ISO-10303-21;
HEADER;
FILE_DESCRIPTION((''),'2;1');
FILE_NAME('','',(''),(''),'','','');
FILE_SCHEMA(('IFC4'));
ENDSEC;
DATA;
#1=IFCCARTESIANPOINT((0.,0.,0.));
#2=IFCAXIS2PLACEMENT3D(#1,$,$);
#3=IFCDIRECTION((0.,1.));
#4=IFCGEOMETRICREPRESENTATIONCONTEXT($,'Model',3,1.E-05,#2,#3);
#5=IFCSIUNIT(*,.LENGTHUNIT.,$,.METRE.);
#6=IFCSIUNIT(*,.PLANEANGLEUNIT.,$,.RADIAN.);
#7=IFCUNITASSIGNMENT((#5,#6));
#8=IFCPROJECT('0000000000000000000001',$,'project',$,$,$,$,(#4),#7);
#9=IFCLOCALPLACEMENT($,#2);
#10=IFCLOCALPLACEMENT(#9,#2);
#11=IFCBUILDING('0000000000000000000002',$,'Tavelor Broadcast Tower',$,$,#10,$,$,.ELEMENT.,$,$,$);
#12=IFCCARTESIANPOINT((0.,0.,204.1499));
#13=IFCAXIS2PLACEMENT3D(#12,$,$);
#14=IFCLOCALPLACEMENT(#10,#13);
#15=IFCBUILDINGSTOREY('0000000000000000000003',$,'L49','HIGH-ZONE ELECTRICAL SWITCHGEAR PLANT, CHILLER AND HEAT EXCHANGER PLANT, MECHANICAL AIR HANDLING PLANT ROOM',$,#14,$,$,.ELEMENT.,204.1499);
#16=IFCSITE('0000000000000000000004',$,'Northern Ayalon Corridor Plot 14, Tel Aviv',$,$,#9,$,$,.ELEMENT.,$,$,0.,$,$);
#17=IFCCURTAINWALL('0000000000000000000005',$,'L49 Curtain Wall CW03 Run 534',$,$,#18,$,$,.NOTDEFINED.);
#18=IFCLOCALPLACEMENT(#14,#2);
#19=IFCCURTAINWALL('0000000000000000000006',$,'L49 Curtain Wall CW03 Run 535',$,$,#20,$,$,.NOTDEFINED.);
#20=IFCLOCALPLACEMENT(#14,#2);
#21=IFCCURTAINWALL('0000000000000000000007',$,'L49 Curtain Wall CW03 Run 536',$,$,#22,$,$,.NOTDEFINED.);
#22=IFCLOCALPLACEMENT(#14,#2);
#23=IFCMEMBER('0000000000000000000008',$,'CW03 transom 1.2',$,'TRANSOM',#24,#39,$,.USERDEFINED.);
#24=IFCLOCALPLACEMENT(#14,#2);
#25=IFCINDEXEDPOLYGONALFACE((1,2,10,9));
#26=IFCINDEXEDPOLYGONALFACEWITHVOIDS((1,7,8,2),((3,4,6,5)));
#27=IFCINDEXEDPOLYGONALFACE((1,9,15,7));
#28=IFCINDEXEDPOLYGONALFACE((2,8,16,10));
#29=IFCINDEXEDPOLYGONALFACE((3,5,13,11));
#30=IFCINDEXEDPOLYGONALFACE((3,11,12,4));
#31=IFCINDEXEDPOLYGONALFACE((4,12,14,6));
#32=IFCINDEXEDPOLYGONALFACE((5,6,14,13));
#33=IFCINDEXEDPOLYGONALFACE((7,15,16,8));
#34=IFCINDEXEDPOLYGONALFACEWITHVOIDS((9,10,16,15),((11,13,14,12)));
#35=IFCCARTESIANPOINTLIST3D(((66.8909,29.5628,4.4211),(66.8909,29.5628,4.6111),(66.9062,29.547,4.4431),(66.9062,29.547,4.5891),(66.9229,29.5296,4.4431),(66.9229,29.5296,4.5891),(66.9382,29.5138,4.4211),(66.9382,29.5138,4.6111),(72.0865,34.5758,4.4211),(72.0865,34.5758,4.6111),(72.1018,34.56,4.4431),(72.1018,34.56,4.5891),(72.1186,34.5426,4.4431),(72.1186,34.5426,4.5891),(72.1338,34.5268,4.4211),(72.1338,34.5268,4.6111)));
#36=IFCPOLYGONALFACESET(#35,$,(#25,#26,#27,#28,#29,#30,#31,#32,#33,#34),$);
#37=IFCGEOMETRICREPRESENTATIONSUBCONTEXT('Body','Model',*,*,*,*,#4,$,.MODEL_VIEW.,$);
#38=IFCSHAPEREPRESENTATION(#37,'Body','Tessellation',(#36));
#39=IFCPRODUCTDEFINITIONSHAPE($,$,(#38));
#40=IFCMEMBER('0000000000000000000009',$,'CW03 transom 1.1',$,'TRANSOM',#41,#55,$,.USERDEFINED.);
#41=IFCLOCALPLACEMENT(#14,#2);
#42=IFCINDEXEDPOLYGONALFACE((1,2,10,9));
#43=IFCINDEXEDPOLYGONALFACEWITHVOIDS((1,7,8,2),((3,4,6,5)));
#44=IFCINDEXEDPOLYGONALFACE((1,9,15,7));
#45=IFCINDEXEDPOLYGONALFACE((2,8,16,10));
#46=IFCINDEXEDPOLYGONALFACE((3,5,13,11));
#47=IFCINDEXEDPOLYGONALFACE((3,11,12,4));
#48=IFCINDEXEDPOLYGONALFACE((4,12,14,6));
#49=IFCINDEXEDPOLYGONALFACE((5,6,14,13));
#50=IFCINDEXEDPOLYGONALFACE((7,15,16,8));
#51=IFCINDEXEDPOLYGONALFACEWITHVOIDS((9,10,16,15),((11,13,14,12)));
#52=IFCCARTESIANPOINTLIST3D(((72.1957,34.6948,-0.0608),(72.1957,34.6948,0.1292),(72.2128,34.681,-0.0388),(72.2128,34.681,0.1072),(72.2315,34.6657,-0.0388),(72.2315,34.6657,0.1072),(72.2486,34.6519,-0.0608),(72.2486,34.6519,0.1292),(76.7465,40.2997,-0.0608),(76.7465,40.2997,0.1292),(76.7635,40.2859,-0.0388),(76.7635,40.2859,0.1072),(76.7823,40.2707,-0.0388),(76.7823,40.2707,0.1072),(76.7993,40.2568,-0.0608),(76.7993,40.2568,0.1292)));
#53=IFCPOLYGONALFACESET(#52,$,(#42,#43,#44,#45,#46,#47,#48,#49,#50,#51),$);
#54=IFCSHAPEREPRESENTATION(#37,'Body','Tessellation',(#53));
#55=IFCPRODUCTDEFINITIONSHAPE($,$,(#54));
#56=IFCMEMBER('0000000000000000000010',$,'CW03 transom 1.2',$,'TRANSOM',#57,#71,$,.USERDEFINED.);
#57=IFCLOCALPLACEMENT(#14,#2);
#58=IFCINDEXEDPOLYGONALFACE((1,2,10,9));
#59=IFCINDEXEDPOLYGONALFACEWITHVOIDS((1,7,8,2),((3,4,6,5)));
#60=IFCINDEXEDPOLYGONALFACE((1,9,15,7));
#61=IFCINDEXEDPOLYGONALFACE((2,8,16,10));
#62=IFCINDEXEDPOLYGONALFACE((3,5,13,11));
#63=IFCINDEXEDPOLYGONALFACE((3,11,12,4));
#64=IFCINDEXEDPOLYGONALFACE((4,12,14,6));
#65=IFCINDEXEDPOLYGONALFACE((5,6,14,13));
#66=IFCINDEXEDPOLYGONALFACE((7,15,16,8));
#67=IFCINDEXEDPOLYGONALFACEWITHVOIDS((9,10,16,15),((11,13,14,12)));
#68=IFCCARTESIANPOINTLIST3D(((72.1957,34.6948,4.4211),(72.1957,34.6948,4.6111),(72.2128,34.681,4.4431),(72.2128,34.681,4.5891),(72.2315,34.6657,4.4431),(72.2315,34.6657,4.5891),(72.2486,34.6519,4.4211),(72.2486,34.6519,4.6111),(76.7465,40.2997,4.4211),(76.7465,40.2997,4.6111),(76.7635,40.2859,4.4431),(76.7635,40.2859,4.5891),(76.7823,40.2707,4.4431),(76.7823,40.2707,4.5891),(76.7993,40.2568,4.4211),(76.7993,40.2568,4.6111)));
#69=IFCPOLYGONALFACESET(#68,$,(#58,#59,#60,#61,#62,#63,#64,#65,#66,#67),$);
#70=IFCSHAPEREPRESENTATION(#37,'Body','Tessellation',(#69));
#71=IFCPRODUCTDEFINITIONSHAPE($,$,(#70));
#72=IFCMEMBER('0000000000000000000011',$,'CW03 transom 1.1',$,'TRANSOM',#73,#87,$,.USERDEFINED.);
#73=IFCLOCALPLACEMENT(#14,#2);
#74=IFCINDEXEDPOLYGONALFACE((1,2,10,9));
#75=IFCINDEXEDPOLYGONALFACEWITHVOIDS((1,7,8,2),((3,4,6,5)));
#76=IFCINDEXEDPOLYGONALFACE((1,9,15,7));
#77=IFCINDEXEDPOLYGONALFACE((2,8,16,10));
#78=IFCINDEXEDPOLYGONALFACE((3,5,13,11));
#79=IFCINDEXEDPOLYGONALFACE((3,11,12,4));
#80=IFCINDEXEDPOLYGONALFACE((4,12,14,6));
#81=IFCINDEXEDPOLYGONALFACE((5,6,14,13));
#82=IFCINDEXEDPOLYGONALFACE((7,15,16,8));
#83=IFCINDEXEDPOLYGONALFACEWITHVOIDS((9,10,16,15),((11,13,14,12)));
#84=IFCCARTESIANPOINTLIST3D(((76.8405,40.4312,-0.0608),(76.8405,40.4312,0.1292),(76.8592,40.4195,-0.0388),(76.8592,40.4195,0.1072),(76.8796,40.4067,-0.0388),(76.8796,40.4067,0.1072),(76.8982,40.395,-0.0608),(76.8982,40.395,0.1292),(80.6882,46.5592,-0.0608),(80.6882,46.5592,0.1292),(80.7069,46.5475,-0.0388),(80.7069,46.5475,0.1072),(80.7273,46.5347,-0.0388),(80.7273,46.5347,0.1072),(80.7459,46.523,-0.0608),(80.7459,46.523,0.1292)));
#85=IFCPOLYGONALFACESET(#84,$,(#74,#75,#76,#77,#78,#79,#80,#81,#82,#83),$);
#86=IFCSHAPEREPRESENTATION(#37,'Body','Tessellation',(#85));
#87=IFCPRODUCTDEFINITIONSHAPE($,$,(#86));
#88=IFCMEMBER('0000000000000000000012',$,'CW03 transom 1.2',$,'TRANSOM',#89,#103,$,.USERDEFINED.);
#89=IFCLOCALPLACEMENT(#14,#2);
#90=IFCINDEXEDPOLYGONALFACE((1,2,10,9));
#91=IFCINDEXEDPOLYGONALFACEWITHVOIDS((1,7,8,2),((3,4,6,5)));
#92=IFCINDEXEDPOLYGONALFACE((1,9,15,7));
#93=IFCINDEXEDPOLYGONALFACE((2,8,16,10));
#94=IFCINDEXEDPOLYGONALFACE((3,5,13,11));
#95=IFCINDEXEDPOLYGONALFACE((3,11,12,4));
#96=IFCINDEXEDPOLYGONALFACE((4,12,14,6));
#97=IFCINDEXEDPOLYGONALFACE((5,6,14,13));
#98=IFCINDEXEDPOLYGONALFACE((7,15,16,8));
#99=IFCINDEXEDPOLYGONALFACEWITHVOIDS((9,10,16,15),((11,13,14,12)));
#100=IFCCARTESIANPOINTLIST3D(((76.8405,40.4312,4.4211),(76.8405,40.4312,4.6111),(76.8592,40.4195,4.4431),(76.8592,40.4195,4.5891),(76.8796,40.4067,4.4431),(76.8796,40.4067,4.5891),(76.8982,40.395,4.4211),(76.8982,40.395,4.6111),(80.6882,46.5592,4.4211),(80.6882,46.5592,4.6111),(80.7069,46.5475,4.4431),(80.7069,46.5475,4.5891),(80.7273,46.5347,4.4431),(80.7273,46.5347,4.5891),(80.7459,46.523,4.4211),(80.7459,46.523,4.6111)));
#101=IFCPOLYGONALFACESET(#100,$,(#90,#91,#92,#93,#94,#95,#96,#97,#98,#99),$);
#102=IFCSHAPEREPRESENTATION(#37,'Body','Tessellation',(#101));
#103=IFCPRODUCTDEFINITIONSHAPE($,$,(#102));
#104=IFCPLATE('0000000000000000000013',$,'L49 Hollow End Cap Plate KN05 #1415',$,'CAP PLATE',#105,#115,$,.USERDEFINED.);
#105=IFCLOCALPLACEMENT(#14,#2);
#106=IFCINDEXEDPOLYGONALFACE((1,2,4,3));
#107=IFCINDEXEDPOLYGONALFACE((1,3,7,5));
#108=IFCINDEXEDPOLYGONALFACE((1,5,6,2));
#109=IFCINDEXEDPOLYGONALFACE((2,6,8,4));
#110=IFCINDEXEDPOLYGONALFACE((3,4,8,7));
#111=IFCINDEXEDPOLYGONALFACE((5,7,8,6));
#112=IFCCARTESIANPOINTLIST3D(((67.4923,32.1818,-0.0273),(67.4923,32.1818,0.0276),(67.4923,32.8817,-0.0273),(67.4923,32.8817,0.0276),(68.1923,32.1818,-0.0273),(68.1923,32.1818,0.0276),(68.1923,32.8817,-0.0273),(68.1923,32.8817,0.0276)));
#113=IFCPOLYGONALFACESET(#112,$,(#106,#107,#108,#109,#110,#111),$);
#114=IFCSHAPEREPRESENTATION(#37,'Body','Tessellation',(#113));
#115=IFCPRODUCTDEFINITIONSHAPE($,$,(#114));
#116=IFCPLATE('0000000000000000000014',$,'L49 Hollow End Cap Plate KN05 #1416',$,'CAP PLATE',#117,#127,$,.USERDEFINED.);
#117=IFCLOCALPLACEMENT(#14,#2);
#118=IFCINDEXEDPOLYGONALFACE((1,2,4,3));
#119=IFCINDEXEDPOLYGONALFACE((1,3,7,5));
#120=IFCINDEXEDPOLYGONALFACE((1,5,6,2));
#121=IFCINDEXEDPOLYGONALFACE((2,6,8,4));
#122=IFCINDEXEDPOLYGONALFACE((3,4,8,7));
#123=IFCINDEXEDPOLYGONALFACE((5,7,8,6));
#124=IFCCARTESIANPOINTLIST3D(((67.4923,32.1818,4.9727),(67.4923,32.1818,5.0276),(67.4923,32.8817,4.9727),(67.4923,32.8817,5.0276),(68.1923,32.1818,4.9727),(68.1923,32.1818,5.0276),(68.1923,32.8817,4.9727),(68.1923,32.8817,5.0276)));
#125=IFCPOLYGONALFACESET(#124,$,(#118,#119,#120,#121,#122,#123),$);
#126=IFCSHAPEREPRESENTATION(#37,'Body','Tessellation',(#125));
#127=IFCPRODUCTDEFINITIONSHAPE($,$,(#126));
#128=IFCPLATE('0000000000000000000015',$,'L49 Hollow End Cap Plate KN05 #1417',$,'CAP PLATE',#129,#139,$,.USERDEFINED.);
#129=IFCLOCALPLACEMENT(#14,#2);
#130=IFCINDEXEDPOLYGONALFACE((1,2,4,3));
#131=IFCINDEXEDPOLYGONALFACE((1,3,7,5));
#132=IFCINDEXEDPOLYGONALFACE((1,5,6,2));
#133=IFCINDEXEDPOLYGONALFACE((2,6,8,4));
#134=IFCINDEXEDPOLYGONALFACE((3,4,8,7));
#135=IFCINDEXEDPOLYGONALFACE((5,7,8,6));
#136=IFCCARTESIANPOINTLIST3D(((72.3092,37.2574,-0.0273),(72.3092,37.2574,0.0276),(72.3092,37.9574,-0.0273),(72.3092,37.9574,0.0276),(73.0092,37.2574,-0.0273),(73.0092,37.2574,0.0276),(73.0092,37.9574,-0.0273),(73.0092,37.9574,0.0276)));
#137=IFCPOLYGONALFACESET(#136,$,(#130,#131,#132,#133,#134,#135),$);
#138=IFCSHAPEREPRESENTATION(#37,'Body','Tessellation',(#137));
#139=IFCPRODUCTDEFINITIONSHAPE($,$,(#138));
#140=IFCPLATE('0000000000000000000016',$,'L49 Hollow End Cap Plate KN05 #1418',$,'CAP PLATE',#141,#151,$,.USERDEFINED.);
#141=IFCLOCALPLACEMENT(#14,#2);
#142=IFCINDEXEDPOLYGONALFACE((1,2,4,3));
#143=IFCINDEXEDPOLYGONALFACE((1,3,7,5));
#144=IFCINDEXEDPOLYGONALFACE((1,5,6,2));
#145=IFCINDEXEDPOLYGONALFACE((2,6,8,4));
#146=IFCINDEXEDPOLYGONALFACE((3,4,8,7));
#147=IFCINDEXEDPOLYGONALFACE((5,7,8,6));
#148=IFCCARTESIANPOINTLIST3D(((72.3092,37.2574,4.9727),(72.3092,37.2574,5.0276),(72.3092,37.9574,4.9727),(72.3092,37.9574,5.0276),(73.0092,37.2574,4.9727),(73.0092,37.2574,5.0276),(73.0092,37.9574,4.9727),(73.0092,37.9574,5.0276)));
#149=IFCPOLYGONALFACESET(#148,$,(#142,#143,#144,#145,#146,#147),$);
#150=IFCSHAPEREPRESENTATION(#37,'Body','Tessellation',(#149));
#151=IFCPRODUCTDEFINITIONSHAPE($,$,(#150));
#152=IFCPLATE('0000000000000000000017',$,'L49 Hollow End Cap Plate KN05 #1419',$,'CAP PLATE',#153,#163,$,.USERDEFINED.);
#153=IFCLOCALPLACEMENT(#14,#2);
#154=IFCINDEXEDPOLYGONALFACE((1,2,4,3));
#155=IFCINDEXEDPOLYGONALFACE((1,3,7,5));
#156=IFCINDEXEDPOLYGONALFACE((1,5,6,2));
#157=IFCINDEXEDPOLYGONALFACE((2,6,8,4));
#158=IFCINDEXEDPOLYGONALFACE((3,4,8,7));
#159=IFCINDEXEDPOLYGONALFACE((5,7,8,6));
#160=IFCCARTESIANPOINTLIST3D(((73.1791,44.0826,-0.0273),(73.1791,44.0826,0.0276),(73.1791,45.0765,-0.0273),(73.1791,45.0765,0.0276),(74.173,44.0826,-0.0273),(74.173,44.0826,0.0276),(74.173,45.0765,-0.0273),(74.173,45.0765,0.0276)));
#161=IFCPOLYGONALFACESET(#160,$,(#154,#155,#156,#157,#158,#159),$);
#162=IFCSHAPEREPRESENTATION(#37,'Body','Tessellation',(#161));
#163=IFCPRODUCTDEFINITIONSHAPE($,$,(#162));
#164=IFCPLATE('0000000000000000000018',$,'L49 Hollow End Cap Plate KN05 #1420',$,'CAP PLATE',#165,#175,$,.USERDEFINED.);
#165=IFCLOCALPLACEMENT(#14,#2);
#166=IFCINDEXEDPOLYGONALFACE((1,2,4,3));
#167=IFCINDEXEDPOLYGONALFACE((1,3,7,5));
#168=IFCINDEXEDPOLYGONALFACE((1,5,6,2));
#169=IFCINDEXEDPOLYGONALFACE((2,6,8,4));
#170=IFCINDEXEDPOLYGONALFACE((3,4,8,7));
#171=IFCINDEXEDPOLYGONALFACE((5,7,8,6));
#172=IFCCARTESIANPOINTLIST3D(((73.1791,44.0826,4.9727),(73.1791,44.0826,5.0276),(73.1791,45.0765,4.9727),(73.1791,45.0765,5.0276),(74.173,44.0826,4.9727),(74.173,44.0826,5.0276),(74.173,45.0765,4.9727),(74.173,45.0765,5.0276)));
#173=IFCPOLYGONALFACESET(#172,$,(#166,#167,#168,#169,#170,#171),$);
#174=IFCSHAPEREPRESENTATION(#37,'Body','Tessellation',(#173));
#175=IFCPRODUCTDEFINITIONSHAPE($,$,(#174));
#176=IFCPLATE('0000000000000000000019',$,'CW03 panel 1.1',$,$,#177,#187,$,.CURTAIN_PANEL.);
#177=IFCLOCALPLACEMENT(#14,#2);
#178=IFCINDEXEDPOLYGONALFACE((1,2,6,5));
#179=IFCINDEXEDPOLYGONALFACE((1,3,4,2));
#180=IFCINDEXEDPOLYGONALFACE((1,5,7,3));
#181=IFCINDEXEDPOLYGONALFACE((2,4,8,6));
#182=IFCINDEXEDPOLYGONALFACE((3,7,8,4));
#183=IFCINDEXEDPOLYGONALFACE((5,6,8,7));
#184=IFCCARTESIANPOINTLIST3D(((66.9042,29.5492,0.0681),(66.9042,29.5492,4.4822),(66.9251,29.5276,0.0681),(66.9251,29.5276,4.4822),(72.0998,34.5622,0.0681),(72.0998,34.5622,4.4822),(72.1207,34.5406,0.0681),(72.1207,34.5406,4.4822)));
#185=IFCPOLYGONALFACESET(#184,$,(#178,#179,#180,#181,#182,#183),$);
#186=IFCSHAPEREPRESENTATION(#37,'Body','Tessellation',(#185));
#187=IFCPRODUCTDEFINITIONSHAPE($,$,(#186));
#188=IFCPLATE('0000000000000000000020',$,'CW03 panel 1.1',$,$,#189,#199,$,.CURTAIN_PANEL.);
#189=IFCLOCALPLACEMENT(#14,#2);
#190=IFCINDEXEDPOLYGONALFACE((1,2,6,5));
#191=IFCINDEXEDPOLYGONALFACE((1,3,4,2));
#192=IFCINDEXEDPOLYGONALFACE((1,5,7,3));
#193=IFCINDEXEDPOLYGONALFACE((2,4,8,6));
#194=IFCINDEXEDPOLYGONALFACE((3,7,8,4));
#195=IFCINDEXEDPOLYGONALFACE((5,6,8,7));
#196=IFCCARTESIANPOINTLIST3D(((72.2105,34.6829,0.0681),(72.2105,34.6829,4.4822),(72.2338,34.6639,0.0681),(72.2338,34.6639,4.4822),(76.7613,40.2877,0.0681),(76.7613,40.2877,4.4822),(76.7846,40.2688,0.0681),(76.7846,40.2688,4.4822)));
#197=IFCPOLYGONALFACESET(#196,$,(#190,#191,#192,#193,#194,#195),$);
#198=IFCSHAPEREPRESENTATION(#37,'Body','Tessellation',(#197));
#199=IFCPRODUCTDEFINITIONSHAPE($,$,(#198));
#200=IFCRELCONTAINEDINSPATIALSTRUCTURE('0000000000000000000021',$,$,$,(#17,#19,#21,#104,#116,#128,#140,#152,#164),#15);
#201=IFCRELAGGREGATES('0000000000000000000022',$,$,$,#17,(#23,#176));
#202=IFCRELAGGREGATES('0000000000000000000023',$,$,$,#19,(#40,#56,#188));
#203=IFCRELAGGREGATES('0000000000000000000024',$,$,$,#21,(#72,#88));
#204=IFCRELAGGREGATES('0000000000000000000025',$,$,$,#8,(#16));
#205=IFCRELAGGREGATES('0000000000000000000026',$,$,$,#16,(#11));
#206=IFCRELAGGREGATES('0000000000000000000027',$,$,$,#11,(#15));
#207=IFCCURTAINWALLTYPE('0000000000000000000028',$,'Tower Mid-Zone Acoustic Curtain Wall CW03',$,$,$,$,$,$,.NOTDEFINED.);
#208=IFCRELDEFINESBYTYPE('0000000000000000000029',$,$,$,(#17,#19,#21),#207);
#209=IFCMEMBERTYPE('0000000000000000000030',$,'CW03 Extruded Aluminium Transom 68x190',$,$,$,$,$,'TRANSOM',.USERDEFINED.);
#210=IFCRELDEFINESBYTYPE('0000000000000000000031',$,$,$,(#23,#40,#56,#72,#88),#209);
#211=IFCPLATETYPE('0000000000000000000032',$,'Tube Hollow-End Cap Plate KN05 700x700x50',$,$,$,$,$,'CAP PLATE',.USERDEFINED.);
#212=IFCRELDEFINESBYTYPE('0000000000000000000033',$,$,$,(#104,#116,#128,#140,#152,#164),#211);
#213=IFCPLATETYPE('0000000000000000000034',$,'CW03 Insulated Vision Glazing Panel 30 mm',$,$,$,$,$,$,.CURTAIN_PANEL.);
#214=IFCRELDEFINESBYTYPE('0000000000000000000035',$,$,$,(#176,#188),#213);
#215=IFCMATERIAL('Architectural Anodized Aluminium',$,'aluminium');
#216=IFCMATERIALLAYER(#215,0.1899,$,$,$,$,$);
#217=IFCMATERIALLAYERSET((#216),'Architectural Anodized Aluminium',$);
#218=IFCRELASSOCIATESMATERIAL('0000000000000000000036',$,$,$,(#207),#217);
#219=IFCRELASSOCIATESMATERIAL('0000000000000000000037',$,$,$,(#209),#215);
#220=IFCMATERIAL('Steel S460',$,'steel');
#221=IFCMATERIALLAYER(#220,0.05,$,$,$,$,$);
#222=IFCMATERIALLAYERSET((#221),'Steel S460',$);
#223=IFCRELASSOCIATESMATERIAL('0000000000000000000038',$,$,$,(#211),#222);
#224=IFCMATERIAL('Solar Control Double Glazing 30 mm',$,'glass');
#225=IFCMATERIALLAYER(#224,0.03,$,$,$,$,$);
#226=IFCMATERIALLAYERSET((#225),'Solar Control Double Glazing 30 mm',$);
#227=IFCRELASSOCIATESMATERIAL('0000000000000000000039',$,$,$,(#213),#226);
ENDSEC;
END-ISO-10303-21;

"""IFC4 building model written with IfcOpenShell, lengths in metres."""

from ifc_helpers import new_model, si_unit, direction, frame, origin, origin_2d, place, context, subcontext, project, spatial, rectangle, hollow_rectangle, extrude, source, transform, mapped, material, layer, layer_set, material_profile, profile_set, type_object, type_shapes, element, aggregate, save


model = new_model("IFC4")

# Units and contexts
model_context = context("Model", 3, precision=1e-05, world=origin(), true_north=direction((0.0, 1.0)))
body_context = subcontext(model_context, "Body", "Model", "MODEL_VIEW")
ifc_project = project(units=[si_unit("LENGTHUNIT", "METRE"), si_unit("PLANEANGLEUNIT", "RADIAN")], contexts=[model_context])

# Site, building, storey
site_placement = place(None, origin())
site = spatial("IfcSite", under=ifc_project, at=site_placement, Name="Northern Ayalon Corridor Plot 14, Tel Aviv", CompositionType="ELEMENT", RefElevation=0.0)
building_placement = place(site_placement, origin())
building = spatial("IfcBuilding", under=site, at=building_placement, Name="Tavelor Broadcast Tower", CompositionType="ELEMENT")
storey_placement = place(building_placement, frame((0.0, 0.0, 204.1499)))
storey = spatial("IfcBuildingStorey", under=building, at=storey_placement, Name="L49", Description="HIGH-ZONE ELECTRICAL SWITCHGEAR PLANT, CHILLER AND HEAT EXCHANGER PLANT, MECHANICAL AIR HANDLING PLANT ROOM", CompositionType="ELEMENT", Elevation=204.1499)

# Shared definitions
ifc_material_1 = material(Name="Steel S460", Category="steel")

# Shared definitions
ifc_material_2 = material(Name="Architectural Anodized Aluminium", Category="aluminium")
ifc_layer_1 = layer(ifc_material_2, 0.1899)
ifc_layer_set_1 = layer_set([ifc_layer_1], Name="Architectural Anodized Aluminium")
curtain_wall_type = type_object("IfcCurtainWallType", Name="Tower Mid-Zone Acoustic Curtain Wall CW03", PredefinedType="NOTDEFINED", material=ifc_layer_set_1)

# Curtain walls
curtain_wall_1_placement = place(storey_placement, origin())
curtain_wall_1 = element("IfcCurtainWall", 1, at=curtain_wall_1_placement, inside=storey, type_object=curtain_wall_type, Name="L49 Curtain Wall CW03 Run 534", PredefinedType="NOTDEFINED")
curtain_wall_2_placement = place(storey_placement, origin())
curtain_wall_2 = element("IfcCurtainWall", 2, at=curtain_wall_2_placement, inside=storey, type_object=curtain_wall_type, Name="L49 Curtain Wall CW03 Run 535", PredefinedType="NOTDEFINED")

# Curtain wall
curtain_wall_3_placement = place(storey_placement, origin())
curtain_wall_3 = element("IfcCurtainWall", 3, at=curtain_wall_3_placement, inside=storey, type_object=curtain_wall_type, Name="L49 Curtain Wall CW03 Run 536", PredefinedType="NOTDEFINED")

# Members
ifc_material_profile_1 = material_profile(ifc_material_2, hollow_rectangle(XDim=0.0681, YDim=0.1899, WallThickness=0.022, at=origin_2d()), Name="RHS 68x190x22")
ifc_profile_set_1 = profile_set([ifc_material_profile_1], Name="Architectural Anodized Aluminium")
member_type_1 = type_object("IfcMemberType", Name="CW03 Extruded Aluminium Transom 68x190", ElementType="TRANSOM", PredefinedType="USERDEFINED", material=ifc_profile_set_1)
shared_shape_1 = source(origin(), body_context, "Body", "SweptSolid", [
    extrude(hollow_rectangle(XDim=0.0681, YDim=0.1899, WallThickness=0.022, at=origin_2d()), origin(), (0.0, 0.0, 1.0), 7.2197),
])
member_1_placement = place(storey_placement, frame((66.9146, 29.5383, 4.5161), z_axis=(0.719641, 0.694346, 0.0), x_axis=(-0.694346, 0.719641, 0.0)))
member_1 = element("IfcMember", 4, at=member_1_placement, type_object=member_type_1, Name="CW03 transom 1.2", ObjectType="TRANSOM", PredefinedType="USERDEFINED", context=body_context, shape_type="MappedRepresentation", body=[
    mapped(shared_shape_1, transform((0.0, 0.0, 0.0), scale=1.0)),
])
member_2_placement = place(storey_placement, frame((72.2222, 34.6733, 0.0342), z_axis=(0.63032, 0.776335, 0.0), x_axis=(-0.776335, 0.63032, 0.0)))
member_2 = element("IfcMember", 5, at=member_2_placement, type_object=member_type_1, Name="CW03 transom 1.1", ObjectType="TRANSOM", PredefinedType="USERDEFINED", context=body_context, shape_type="MappedRepresentation", body=[
    mapped(shared_shape_1, transform((0.0, 0.0, 0.0), scale=1.0)),
])
member_3_placement = place(storey_placement, frame((72.2222, 34.6733, 4.5161), z_axis=(0.63032, 0.776335, 0.0), x_axis=(-0.776335, 0.63032, 0.0)))
member_3 = element("IfcMember", 6, at=member_3_placement, type_object=member_type_1, Name="CW03 transom 1.2", ObjectType="TRANSOM", PredefinedType="USERDEFINED", context=body_context, shape_type="MappedRepresentation", body=[
    mapped(shared_shape_1, transform((0.0, 0.0, 0.0), scale=1.0)),
])
shared_shape_2 = source(origin(), body_context, "Body", "SweptSolid", [
    extrude(hollow_rectangle(XDim=0.0681, YDim=0.1899, WallThickness=0.022, at=origin_2d()), origin(), (0.0, 0.0, 1.0), 7.2358),
])
type_shapes(member_type_1, [shared_shape_1, shared_shape_2])
member_4_placement = place(storey_placement, frame((76.8694, 40.4131, 0.0342), z_axis=(0.531757, 0.846897, 0.0), x_axis=(-0.846897, 0.531757, 0.0)))
member_4 = element("IfcMember", 7, at=member_4_placement, type_object=member_type_1, Name="CW03 transom 1.1", ObjectType="TRANSOM", PredefinedType="USERDEFINED", context=body_context, shape_type="MappedRepresentation", body=[
    mapped(shared_shape_2, transform((0.0, 0.0, 0.0), scale=1.0)),
])
member_5_placement = place(storey_placement, frame((76.8694, 40.4131, 4.5161), z_axis=(0.531757, 0.846897, 0.0), x_axis=(-0.846897, 0.531757, 0.0)))
member_5 = element("IfcMember", 8, at=member_5_placement, type_object=member_type_1, Name="CW03 transom 1.2", ObjectType="TRANSOM", PredefinedType="USERDEFINED", context=body_context, shape_type="MappedRepresentation", body=[
    mapped(shared_shape_2, transform((0.0, 0.0, 0.0), scale=1.0)),
])

# Plates
ifc_layer_2 = layer(ifc_material_1, 0.05)
ifc_layer_set_2 = layer_set([ifc_layer_2], Name="Steel S460")
plate_type_1 = type_object("IfcPlateType", Name="Tube Hollow-End Cap Plate KN05 700x700x50", ElementType="CAP PLATE", PredefinedType="USERDEFINED", material=ifc_layer_set_2)
shared_shape_3 = source(origin(), body_context, "Body", "SweptSolid", [
    extrude(rectangle(XDim=0.7, YDim=0.7, at=origin_2d()), origin(), (0.0, 0.0, 1.0), 0.0549),
])
for number, where, z_axis, x_axis, name in (
    (9, (67.8423, 32.5317, -0.0273), (0.0, 0.0, 1.0), (1.0, 0.0, 0.0), "L49 Hollow End Cap Plate KN05 #1415"),
    (10, (67.8423, 32.5317, 4.9727), (0.0, 0.0, 1.0), (1.0, 0.0, 0.0), "L49 Hollow End Cap Plate KN05 #1416"),
    (11, (72.6592, 37.6074, -0.0273), (0.0, 0.0, 1.0), (1.0, 0.0, 0.0), "L49 Hollow End Cap Plate KN05 #1417"),
    (12, (72.6592, 37.6074, 4.9727), (0.0, 0.0, 1.0), (1.0, 0.0, 0.0), "L49 Hollow End Cap Plate KN05 #1418"),
):
    element("IfcPlate", number, at=place(storey_placement, frame(where, z_axis=z_axis, x_axis=x_axis)), inside=storey, type_object=plate_type_1, Name=name, ObjectType="CAP PLATE", PredefinedType="USERDEFINED", context=body_context, shape_type="MappedRepresentation", body=[
        mapped(shared_shape_3, transform((0.0, 0.0, 0.0), scale=1.0)),
    ])
shared_shape_4 = source(origin(), body_context, "Body", "SweptSolid", [
    extrude(rectangle(XDim=0.9939, YDim=0.9939, at=origin_2d()), origin(), (0.0, 0.0, 1.0), 0.0549),
])
type_shapes(plate_type_1, [shared_shape_3, shared_shape_4])
for number, where, z_axis, x_axis, name in (
    (13, (73.676, 44.5796, -0.0273), (0.0, 0.0, 1.0), (1.0, 0.0, 0.0), "L49 Hollow End Cap Plate KN05 #1419"),
    (14, (73.676, 44.5796, 4.9727), (0.0, 0.0, 1.0), (1.0, 0.0, 0.0), "L49 Hollow End Cap Plate KN05 #1420"),
):
    element("IfcPlate", number, at=place(storey_placement, frame(where, z_axis=z_axis, x_axis=x_axis)), inside=storey, type_object=plate_type_1, Name=name, ObjectType="CAP PLATE", PredefinedType="USERDEFINED", context=body_context, shape_type="MappedRepresentation", body=[
        mapped(shared_shape_4, transform((0.0, 0.0, 0.0), scale=1.0)),
    ])

# Plates
ifc_material_3 = material(Name="Solar Control Double Glazing 30 mm", Category="glass")
ifc_layer_3 = layer(ifc_material_3, 0.03)
ifc_layer_set_3 = layer_set([ifc_layer_3], Name="Solar Control Double Glazing 30 mm")
plate_type_2 = type_object("IfcPlateType", Name="CW03 Insulated Vision Glazing Panel 30 mm", PredefinedType="CURTAIN_PANEL", material=ifc_layer_set_3)
shared_shape_5 = source(origin(), body_context, "Body", "SweptSolid", [
    extrude(rectangle(XDim=7.2197, YDim=0.03, at=origin_2d()), origin(), (0.0, 0.0, 1.0), 4.4141),
])
plate_1_placement = place(storey_placement, frame((69.5125, 32.0449, 0.0681), z_axis=(0.0, 0.0, 1.0), x_axis=(0.719644, 0.694344, 0.0)))
plate_1 = element("IfcPlate", 15, at=plate_1_placement, type_object=plate_type_2, Name="CW03 panel 1.1", PredefinedType="CURTAIN_PANEL", context=body_context, shape_type="MappedRepresentation", body=[
    mapped(shared_shape_5, transform((0.0, 0.0, 0.0), scale=1.0)),
])
aggregate(curtain_wall_1, [member_1, plate_1])
plate_2_placement = place(storey_placement, frame((74.4976, 37.4758, 0.0681), z_axis=(0.0, 0.0, 1.0), x_axis=(0.630332, 0.776326, 0.0)))
plate_2 = element("IfcPlate", 16, at=plate_2_placement, type_object=plate_type_2, Name="CW03 panel 1.1", PredefinedType="CURTAIN_PANEL", context=body_context, shape_type="MappedRepresentation", body=[
    mapped(shared_shape_5, transform((0.0, 0.0, 0.0), scale=1.0)),
])
aggregate(curtain_wall_2, [member_2, member_3, plate_2])
aggregate(curtain_wall_3, [member_4, member_5])

save(model, "model.ifc")
